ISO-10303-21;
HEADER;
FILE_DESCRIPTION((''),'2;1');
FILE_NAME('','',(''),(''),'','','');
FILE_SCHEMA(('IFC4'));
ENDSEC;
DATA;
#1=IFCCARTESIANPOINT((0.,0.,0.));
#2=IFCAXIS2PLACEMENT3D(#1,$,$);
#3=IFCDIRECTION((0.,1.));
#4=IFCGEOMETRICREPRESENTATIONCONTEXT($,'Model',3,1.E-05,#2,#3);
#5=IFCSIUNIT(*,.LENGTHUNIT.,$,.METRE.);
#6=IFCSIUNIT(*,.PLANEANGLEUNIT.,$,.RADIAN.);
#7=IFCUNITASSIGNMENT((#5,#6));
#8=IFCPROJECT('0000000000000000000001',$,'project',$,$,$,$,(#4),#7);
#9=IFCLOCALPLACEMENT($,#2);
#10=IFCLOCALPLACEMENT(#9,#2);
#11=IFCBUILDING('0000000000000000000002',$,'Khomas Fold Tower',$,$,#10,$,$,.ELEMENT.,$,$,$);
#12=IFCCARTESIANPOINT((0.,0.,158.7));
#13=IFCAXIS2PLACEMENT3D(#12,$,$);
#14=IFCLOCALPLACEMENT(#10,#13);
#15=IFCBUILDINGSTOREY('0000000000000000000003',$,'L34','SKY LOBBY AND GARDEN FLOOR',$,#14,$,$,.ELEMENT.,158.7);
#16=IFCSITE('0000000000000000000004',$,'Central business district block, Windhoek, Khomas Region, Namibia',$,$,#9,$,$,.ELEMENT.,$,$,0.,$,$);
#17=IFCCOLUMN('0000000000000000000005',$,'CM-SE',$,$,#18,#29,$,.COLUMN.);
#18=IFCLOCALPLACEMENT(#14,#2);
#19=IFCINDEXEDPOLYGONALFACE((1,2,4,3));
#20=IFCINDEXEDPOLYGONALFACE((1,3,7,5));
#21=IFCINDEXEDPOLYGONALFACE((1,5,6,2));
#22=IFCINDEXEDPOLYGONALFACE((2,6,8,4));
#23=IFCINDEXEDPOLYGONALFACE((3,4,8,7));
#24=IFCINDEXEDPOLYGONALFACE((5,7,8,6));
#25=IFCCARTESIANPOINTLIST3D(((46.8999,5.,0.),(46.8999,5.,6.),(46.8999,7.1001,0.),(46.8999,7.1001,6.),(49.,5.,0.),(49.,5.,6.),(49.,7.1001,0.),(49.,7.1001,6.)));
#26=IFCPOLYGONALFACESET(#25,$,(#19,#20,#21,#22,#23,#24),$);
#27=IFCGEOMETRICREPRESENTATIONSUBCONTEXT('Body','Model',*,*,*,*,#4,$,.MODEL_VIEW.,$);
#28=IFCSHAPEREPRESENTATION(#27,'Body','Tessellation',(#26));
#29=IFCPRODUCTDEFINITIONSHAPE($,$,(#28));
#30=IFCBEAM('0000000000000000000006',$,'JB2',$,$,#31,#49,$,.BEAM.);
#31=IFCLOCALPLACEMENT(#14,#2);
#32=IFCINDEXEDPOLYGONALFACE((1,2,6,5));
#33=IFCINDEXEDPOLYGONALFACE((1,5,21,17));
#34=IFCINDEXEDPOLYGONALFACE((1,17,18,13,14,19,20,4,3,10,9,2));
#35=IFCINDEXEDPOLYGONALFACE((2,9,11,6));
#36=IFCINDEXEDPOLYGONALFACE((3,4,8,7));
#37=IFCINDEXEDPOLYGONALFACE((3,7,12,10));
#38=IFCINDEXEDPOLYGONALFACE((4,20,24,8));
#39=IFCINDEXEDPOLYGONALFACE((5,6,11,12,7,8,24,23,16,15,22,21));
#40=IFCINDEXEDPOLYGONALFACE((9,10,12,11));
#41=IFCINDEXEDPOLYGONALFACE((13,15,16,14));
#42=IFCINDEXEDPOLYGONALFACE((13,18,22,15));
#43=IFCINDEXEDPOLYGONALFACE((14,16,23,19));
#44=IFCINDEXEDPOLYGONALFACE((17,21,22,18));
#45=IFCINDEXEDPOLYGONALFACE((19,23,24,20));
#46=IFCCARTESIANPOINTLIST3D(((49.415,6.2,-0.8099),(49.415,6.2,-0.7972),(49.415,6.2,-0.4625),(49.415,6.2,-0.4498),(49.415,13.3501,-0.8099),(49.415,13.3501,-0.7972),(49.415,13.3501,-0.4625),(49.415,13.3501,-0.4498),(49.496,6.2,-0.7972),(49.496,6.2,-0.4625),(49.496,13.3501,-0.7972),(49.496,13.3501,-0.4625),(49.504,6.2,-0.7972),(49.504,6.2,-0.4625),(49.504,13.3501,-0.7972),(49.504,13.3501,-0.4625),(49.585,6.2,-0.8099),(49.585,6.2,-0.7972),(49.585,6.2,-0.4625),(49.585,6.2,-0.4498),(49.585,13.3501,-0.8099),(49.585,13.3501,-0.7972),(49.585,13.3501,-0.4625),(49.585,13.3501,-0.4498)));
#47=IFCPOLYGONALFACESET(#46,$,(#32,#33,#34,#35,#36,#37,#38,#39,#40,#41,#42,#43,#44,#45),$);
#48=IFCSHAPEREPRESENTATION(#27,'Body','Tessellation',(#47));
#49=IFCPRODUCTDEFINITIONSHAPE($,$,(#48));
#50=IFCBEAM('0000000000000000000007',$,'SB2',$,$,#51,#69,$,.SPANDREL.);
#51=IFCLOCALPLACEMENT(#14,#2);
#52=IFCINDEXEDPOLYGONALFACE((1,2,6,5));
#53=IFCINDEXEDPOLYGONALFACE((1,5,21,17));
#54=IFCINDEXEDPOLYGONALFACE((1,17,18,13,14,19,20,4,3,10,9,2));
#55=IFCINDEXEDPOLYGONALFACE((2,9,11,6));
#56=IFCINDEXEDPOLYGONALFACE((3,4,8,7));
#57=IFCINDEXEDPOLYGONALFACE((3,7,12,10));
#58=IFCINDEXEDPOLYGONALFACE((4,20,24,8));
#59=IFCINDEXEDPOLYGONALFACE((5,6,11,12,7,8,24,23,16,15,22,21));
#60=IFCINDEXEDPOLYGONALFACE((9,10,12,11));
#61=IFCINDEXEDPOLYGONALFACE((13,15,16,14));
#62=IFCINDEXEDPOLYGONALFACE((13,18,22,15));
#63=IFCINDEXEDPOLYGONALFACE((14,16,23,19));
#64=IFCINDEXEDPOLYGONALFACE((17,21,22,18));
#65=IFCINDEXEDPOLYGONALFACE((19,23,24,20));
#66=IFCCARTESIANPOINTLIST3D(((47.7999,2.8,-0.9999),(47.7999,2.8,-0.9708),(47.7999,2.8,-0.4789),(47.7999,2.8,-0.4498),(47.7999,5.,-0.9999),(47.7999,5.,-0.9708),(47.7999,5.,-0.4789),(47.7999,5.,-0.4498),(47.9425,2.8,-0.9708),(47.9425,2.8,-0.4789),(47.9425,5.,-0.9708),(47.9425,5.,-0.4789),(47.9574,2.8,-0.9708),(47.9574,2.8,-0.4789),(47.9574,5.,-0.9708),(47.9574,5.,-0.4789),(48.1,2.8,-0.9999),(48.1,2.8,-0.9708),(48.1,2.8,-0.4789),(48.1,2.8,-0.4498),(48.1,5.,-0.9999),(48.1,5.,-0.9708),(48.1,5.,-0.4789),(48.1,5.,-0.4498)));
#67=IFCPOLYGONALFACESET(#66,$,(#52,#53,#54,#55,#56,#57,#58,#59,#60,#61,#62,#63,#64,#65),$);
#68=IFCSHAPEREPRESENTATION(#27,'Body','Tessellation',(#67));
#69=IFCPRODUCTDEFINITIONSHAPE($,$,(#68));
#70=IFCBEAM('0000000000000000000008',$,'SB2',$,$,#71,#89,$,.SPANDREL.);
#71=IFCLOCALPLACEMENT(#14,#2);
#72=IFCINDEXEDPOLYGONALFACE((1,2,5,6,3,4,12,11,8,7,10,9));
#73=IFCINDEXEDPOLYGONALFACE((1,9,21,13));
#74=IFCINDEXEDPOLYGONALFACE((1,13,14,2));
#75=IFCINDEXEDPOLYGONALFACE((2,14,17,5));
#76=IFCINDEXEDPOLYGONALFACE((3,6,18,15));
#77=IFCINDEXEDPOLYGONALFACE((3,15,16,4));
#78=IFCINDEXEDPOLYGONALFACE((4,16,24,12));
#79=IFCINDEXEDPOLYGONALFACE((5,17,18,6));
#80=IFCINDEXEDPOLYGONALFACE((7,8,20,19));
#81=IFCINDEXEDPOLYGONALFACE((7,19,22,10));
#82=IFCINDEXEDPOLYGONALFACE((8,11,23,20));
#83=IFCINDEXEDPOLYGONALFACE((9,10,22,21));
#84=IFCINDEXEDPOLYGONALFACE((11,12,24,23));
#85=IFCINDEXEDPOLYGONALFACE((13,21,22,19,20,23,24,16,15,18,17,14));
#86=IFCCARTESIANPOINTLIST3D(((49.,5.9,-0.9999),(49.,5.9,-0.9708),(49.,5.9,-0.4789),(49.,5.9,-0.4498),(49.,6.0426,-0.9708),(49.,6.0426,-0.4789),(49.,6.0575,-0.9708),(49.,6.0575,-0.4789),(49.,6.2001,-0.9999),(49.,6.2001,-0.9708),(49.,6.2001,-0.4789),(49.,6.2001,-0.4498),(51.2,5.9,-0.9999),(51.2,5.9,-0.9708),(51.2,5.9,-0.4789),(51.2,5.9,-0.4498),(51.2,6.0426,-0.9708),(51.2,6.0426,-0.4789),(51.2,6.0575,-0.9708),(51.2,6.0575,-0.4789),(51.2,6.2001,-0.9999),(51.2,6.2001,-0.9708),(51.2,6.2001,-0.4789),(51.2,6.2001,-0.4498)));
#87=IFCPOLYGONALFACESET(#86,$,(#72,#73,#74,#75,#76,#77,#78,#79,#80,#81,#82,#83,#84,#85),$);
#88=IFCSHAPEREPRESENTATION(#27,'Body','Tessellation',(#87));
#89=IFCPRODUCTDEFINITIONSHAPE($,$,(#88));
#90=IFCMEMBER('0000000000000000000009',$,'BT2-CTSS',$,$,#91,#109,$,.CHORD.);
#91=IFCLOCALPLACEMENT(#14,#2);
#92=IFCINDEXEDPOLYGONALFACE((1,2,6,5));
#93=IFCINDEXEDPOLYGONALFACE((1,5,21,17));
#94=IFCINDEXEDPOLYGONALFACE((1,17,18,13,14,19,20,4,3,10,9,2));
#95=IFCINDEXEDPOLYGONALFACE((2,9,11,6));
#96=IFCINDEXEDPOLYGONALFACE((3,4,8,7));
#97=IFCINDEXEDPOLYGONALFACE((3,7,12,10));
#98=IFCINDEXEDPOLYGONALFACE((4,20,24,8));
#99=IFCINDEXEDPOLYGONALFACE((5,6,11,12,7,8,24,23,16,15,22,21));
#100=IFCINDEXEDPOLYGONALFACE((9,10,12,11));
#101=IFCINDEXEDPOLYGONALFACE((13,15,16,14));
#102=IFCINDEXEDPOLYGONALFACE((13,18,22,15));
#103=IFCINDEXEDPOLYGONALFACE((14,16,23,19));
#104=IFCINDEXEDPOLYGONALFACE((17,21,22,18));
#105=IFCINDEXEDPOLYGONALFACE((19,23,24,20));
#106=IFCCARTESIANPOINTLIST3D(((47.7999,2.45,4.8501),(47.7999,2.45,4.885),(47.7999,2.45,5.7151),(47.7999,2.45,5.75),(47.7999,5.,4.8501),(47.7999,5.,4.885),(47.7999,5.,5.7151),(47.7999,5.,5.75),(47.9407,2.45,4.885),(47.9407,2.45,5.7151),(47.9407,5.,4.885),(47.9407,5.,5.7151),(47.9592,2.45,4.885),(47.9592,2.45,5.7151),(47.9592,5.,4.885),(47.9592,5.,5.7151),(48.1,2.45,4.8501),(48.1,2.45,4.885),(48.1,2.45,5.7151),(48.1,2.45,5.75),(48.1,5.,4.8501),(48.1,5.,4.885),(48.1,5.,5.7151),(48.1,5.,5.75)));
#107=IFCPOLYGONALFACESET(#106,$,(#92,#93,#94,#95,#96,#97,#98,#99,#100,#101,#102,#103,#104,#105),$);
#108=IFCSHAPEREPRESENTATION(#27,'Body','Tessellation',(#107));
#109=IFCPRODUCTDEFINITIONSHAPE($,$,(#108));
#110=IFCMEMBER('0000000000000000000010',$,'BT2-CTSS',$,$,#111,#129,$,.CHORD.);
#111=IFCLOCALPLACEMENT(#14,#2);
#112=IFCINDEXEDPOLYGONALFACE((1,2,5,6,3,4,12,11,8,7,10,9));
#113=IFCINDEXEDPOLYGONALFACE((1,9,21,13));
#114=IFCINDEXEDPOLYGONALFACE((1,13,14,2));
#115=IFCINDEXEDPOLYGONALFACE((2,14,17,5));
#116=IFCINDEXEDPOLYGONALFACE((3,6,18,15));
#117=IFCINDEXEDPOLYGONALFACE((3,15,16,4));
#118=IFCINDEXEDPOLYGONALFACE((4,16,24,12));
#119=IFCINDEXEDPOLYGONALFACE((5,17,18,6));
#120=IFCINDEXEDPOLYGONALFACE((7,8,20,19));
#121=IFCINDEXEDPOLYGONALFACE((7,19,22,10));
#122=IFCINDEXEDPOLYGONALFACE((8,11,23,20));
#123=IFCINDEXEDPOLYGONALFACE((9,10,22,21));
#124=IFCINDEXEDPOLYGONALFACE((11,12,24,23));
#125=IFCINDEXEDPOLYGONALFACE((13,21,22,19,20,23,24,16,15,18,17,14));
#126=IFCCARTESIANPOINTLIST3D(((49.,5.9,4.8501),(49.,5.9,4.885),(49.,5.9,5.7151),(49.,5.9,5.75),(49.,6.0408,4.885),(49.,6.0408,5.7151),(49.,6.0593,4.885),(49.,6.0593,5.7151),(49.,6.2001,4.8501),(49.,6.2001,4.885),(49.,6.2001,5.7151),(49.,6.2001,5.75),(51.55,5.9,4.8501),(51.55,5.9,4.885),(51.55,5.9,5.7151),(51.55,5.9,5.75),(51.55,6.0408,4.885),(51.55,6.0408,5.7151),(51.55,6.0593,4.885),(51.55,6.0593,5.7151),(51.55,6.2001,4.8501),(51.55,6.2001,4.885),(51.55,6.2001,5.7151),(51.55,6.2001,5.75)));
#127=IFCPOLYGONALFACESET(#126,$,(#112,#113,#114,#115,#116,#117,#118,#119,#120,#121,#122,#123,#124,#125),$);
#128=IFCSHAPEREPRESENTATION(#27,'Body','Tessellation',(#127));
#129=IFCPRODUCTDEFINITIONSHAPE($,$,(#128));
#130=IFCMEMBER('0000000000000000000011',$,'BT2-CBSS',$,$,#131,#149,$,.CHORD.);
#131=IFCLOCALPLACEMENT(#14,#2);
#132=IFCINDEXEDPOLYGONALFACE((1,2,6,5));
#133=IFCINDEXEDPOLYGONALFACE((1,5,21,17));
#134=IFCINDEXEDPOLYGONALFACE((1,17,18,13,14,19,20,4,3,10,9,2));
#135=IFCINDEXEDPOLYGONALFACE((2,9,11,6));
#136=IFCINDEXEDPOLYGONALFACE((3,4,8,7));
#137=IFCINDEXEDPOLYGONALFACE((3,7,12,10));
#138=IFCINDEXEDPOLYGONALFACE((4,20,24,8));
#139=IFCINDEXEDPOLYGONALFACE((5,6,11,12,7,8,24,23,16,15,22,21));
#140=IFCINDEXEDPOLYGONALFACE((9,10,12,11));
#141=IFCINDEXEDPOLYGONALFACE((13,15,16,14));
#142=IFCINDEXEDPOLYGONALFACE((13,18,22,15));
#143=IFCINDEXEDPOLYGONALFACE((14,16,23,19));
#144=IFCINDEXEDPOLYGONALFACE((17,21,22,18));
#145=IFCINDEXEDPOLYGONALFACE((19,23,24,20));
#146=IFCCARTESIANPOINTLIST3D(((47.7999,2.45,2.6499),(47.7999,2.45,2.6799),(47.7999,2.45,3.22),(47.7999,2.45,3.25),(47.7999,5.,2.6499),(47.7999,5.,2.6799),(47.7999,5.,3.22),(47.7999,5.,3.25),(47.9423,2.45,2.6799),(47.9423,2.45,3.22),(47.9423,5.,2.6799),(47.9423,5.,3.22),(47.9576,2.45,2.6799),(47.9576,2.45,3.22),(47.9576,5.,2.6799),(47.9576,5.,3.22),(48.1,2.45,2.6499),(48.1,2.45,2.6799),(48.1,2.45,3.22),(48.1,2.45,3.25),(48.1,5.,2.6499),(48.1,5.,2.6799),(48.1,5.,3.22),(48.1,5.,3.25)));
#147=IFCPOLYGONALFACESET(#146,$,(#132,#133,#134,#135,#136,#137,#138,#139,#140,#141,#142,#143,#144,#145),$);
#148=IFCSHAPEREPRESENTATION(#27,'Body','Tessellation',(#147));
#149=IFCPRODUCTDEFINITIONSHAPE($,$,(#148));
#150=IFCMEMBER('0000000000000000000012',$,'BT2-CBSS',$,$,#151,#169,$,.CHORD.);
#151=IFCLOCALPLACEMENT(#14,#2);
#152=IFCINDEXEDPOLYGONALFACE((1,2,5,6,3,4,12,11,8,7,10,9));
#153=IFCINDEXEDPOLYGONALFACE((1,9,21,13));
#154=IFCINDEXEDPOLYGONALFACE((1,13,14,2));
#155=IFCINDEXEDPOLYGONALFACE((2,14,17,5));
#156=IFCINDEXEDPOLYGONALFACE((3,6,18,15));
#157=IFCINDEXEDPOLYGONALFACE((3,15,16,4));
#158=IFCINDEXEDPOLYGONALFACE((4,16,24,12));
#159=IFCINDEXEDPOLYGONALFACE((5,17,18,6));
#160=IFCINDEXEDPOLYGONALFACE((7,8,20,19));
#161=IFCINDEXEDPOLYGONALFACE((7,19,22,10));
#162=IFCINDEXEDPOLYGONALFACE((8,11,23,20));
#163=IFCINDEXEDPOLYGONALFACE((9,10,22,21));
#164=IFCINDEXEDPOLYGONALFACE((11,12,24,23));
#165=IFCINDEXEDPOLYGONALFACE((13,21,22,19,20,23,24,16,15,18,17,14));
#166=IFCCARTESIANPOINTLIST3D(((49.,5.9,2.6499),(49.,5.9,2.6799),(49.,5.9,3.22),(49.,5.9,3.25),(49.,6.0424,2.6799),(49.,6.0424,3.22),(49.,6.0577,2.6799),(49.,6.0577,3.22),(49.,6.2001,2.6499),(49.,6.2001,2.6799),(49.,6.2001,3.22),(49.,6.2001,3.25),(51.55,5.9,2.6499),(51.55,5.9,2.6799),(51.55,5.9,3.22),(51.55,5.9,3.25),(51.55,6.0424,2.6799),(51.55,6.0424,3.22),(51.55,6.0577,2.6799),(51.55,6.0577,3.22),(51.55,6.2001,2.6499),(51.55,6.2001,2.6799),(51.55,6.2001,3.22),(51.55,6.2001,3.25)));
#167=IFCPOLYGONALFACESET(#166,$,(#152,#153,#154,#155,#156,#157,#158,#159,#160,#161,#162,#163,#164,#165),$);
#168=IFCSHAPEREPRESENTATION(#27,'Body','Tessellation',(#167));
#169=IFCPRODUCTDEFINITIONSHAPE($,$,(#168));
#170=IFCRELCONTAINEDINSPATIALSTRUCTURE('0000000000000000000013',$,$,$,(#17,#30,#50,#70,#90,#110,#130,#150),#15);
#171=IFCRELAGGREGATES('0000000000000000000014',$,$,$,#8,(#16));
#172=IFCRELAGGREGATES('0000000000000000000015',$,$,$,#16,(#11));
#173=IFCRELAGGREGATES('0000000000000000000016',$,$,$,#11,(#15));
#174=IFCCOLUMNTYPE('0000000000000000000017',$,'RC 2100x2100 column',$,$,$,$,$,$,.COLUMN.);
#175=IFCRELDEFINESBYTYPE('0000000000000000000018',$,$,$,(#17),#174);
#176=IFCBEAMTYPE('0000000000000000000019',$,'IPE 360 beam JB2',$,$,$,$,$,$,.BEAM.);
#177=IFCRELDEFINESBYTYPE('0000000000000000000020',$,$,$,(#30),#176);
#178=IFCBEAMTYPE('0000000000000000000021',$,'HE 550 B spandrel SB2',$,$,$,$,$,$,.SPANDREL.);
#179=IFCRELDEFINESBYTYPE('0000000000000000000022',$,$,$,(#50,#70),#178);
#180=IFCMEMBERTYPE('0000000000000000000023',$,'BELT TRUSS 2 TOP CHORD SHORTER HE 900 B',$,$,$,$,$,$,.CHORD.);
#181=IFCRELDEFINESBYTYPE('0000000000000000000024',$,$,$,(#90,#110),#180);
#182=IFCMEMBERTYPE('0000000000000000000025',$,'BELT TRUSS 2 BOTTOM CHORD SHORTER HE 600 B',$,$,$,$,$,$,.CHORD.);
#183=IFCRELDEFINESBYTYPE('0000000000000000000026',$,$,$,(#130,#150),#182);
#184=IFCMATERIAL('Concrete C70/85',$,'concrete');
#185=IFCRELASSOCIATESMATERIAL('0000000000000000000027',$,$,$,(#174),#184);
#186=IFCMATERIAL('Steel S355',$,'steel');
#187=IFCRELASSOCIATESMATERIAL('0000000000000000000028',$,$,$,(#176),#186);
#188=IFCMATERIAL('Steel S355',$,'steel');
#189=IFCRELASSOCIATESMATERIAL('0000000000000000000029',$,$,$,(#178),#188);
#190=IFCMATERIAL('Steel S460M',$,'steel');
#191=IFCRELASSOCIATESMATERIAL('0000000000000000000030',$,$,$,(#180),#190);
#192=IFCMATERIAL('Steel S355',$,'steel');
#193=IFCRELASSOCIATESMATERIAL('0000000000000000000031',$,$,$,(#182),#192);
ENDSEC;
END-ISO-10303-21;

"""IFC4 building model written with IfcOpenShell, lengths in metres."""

from ifc_helpers import new_model, si_unit, direction, frame, origin, origin_2d, place, context, subcontext, project, spatial, rectangle, i_section, extrude, source, transform, mapped, material, material_profile, profile_set, type_object, element, save


model = new_model("IFC4")

# Units and contexts
model_context = context("Model", 3, precision=1e-05, world=origin(), true_north=direction((0.0, 1.0)))
body_context = subcontext(model_context, "Body", "Model", "MODEL_VIEW")
ifc_project = project(units=[si_unit("LENGTHUNIT", "METRE"), si_unit("PLANEANGLEUNIT", "RADIAN")], contexts=[model_context])

# Site, building, storey
site_placement = place(None, origin())
site = spatial("IfcSite", under=ifc_project, at=site_placement, Name="Central business district block, Windhoek, Khomas Region, Namibia", CompositionType="ELEMENT", RefElevation=0.0)
building_placement = place(site_placement, origin())
building = spatial("IfcBuilding", under=site, at=building_placement, Name="Khomas Fold Tower", CompositionType="ELEMENT")
storey_placement = place(building_placement, frame((0.0, 0.0, 158.7)))
storey = spatial("IfcBuildingStorey", under=building, at=storey_placement, Name="L34", Description="SKY LOBBY AND GARDEN FLOOR", CompositionType="ELEMENT", Elevation=158.7)

# Column
ifc_material_1 = material(Name="Concrete C70/85", Category="concrete")
ifc_material_profile_1 = material_profile(ifc_material_1, rectangle(XDim=2.1001, YDim=2.1001, at=origin_2d()), Name="RC 2100x2100")
ifc_profile_set_1 = profile_set([ifc_material_profile_1], Name="Concrete C70/85")
column_type = type_object("IfcColumnType", Name="RC 2100x2100 column", PredefinedType="COLUMN", material=ifc_profile_set_1)
shared_shape_1 = source(origin(), body_context, "Body", "SweptSolid", [
    extrude(rectangle(XDim=2.1001, YDim=2.1001, at=origin_2d()), origin(), (0.0, 0.0, 1.0), 6.0),
])
column_placement = place(storey_placement, frame((47.95, 6.05, 0.0), z_axis=(0.0, 0.0, 1.0), x_axis=(1.0, 0.0, 0.0)))
element("IfcColumn", 1, at=column_placement, inside=storey, type_object=column_type, Name="CM-SE", PredefinedType="COLUMN", context=body_context, shape_type="MappedRepresentation", body=[
    mapped(shared_shape_1, transform((0.0, 0.0, 0.0))),
])

# Beams
ifc_material_2 = material(Name="Steel S355", Category="steel")
ifc_material_profile_2 = material_profile(ifc_material_2, i_section(OverallWidth=0.1699, OverallDepth=0.3601, WebThickness=0.0081, FlangeThickness=0.0127, at=origin_2d()), Name="IPE 360")
ifc_profile_set_2 = profile_set([ifc_material_profile_2], Name="Steel S355")
beam_type_1 = type_object("IfcBeamType", Name="IPE 360 beam JB2", PredefinedType="BEAM", material=ifc_profile_set_2)
shared_shape_2 = source(origin(), body_context, "Body", "SweptSolid", [
    extrude(i_section(OverallWidth=0.1699, OverallDepth=0.3601, WebThickness=0.0081, FlangeThickness=0.0127, at=origin_2d()), origin(), (0.0, 0.0, 1.0), 7.1501),
])
beam_placement = place(storey_placement, frame((49.5, 6.2, -0.6299), z_axis=(0.0, 1.0, 0.0), x_axis=(-1.0, 0.0, 0.0)))
element("IfcBeam", 2, at=beam_placement, inside=storey, type_object=beam_type_1, Name="JB2", PredefinedType="BEAM", context=body_context, shape_type="MappedRepresentation", body=[
    mapped(shared_shape_2, transform((0.0, 0.0, 0.0))),
])
ifc_material_3 = material(Name="Steel S355", Category="steel")
ifc_material_profile_3 = material_profile(ifc_material_3, i_section(OverallWidth=0.3, OverallDepth=0.55, WebThickness=0.0149, FlangeThickness=0.0291, at=origin_2d()), Name="HE 550 B")
ifc_profile_set_3 = profile_set([ifc_material_profile_3], Name="Steel S355")
beam_type_2 = type_object("IfcBeamType", Name="HE 550 B spandrel SB2", PredefinedType="SPANDREL", material=ifc_profile_set_3)
shared_shape_3 = source(origin(), body_context, "Body", "SweptSolid", [
    extrude(i_section(OverallWidth=0.3, OverallDepth=0.55, WebThickness=0.0149, FlangeThickness=0.0291, at=origin_2d()), origin(), (0.0, 0.0, 1.0), 2.2),
])
for number, where, z_axis, x_axis, name in (
    (3, (47.95, 2.8, -0.7249), (0.0, 1.0, 0.0), (-1.0, 0.0, 0.0), "SB2"),
    (4, (49.0, 6.05, -0.7249), (1.0, 0.0, 0.0), (0.0, 1.0, 0.0), "SB2"),
):
    element("IfcBeam", number, at=place(storey_placement, frame(where, z_axis=z_axis, x_axis=x_axis)), inside=storey, type_object=beam_type_2, Name=name, PredefinedType="SPANDREL", context=body_context, shape_type="MappedRepresentation", body=[
        mapped(shared_shape_3, transform((0.0, 0.0, 0.0))),
    ])

# Members
ifc_material_4 = material(Name="Steel S460M", Category="steel")
ifc_material_profile_4 = material_profile(ifc_material_4, i_section(OverallWidth=0.3, OverallDepth=0.8999, WebThickness=0.0186, FlangeThickness=0.0349, at=origin_2d()), Name="HE 900 B")
ifc_profile_set_4 = profile_set([ifc_material_profile_4], Name="Steel S460M")
member_type_1 = type_object("IfcMemberType", Name="BELT TRUSS 2 TOP CHORD SHORTER HE 900 B", PredefinedType="CHORD", material=ifc_profile_set_4)
shared_shape_4 = source(origin(), body_context, "Body", "SweptSolid", [
    extrude(i_section(OverallWidth=0.3, OverallDepth=0.8999, WebThickness=0.0186, FlangeThickness=0.0349, at=origin_2d()), origin(), (0.0, 0.0, 1.0), 2.55),
])
for number, where, z_axis, x_axis, name in (
    (5, (47.95, 2.45, 5.3), (0.0, 1.0, 0.0), (-1.0, 0.0, 0.0), "BT2-CTSS"),
    (6, (51.55, 6.05, 5.3), (-1.0, 0.0, 0.0), (0.0, -1.0, 0.0), "BT2-CTSS"),
):
    element("IfcMember", number, at=place(storey_placement, frame(where, z_axis=z_axis, x_axis=x_axis)), inside=storey, type_object=member_type_1, Name=name, PredefinedType="CHORD", context=body_context, shape_type="MappedRepresentation", body=[
        mapped(shared_shape_4, transform((0.0, 0.0, 0.0))),
    ])
ifc_material_5 = material(Name="Steel S355", Category="steel")
ifc_material_profile_5 = material_profile(ifc_material_5, i_section(OverallWidth=0.3, OverallDepth=0.6001, WebThickness=0.0154, FlangeThickness=0.03, at=origin_2d()), Name="HE 600 B")
ifc_profile_set_5 = profile_set([ifc_material_profile_5], Name="Steel S355")
member_type_2 = type_object("IfcMemberType", Name="BELT TRUSS 2 BOTTOM CHORD SHORTER HE 600 B", PredefinedType="CHORD", material=ifc_profile_set_5)
shared_shape_5 = source(origin(), body_context, "Body", "SweptSolid", [
    extrude(i_section(OverallWidth=0.3, OverallDepth=0.6001, WebThickness=0.0154, FlangeThickness=0.03, at=origin_2d()), origin(), (0.0, 0.0, 1.0), 2.55),
])
for number, where, z_axis, x_axis, name in (
    (7, (47.95, 2.45, 2.95), (0.0, 1.0, 0.0), (-1.0, 0.0, 0.0), "BT2-CBSS"),
    (8, (51.55, 6.05, 2.95), (-1.0, 0.0, 0.0), (0.0, -1.0, 0.0), "BT2-CBSS"),
):
    element("IfcMember", number, at=place(storey_placement, frame(where, z_axis=z_axis, x_axis=x_axis)), inside=storey, type_object=member_type_2, Name=name, PredefinedType="CHORD", context=body_context, shape_type="MappedRepresentation", body=[
        mapped(shared_shape_5, transform((0.0, 0.0, 0.0))),
    ])

save(model, "model.ifc")
